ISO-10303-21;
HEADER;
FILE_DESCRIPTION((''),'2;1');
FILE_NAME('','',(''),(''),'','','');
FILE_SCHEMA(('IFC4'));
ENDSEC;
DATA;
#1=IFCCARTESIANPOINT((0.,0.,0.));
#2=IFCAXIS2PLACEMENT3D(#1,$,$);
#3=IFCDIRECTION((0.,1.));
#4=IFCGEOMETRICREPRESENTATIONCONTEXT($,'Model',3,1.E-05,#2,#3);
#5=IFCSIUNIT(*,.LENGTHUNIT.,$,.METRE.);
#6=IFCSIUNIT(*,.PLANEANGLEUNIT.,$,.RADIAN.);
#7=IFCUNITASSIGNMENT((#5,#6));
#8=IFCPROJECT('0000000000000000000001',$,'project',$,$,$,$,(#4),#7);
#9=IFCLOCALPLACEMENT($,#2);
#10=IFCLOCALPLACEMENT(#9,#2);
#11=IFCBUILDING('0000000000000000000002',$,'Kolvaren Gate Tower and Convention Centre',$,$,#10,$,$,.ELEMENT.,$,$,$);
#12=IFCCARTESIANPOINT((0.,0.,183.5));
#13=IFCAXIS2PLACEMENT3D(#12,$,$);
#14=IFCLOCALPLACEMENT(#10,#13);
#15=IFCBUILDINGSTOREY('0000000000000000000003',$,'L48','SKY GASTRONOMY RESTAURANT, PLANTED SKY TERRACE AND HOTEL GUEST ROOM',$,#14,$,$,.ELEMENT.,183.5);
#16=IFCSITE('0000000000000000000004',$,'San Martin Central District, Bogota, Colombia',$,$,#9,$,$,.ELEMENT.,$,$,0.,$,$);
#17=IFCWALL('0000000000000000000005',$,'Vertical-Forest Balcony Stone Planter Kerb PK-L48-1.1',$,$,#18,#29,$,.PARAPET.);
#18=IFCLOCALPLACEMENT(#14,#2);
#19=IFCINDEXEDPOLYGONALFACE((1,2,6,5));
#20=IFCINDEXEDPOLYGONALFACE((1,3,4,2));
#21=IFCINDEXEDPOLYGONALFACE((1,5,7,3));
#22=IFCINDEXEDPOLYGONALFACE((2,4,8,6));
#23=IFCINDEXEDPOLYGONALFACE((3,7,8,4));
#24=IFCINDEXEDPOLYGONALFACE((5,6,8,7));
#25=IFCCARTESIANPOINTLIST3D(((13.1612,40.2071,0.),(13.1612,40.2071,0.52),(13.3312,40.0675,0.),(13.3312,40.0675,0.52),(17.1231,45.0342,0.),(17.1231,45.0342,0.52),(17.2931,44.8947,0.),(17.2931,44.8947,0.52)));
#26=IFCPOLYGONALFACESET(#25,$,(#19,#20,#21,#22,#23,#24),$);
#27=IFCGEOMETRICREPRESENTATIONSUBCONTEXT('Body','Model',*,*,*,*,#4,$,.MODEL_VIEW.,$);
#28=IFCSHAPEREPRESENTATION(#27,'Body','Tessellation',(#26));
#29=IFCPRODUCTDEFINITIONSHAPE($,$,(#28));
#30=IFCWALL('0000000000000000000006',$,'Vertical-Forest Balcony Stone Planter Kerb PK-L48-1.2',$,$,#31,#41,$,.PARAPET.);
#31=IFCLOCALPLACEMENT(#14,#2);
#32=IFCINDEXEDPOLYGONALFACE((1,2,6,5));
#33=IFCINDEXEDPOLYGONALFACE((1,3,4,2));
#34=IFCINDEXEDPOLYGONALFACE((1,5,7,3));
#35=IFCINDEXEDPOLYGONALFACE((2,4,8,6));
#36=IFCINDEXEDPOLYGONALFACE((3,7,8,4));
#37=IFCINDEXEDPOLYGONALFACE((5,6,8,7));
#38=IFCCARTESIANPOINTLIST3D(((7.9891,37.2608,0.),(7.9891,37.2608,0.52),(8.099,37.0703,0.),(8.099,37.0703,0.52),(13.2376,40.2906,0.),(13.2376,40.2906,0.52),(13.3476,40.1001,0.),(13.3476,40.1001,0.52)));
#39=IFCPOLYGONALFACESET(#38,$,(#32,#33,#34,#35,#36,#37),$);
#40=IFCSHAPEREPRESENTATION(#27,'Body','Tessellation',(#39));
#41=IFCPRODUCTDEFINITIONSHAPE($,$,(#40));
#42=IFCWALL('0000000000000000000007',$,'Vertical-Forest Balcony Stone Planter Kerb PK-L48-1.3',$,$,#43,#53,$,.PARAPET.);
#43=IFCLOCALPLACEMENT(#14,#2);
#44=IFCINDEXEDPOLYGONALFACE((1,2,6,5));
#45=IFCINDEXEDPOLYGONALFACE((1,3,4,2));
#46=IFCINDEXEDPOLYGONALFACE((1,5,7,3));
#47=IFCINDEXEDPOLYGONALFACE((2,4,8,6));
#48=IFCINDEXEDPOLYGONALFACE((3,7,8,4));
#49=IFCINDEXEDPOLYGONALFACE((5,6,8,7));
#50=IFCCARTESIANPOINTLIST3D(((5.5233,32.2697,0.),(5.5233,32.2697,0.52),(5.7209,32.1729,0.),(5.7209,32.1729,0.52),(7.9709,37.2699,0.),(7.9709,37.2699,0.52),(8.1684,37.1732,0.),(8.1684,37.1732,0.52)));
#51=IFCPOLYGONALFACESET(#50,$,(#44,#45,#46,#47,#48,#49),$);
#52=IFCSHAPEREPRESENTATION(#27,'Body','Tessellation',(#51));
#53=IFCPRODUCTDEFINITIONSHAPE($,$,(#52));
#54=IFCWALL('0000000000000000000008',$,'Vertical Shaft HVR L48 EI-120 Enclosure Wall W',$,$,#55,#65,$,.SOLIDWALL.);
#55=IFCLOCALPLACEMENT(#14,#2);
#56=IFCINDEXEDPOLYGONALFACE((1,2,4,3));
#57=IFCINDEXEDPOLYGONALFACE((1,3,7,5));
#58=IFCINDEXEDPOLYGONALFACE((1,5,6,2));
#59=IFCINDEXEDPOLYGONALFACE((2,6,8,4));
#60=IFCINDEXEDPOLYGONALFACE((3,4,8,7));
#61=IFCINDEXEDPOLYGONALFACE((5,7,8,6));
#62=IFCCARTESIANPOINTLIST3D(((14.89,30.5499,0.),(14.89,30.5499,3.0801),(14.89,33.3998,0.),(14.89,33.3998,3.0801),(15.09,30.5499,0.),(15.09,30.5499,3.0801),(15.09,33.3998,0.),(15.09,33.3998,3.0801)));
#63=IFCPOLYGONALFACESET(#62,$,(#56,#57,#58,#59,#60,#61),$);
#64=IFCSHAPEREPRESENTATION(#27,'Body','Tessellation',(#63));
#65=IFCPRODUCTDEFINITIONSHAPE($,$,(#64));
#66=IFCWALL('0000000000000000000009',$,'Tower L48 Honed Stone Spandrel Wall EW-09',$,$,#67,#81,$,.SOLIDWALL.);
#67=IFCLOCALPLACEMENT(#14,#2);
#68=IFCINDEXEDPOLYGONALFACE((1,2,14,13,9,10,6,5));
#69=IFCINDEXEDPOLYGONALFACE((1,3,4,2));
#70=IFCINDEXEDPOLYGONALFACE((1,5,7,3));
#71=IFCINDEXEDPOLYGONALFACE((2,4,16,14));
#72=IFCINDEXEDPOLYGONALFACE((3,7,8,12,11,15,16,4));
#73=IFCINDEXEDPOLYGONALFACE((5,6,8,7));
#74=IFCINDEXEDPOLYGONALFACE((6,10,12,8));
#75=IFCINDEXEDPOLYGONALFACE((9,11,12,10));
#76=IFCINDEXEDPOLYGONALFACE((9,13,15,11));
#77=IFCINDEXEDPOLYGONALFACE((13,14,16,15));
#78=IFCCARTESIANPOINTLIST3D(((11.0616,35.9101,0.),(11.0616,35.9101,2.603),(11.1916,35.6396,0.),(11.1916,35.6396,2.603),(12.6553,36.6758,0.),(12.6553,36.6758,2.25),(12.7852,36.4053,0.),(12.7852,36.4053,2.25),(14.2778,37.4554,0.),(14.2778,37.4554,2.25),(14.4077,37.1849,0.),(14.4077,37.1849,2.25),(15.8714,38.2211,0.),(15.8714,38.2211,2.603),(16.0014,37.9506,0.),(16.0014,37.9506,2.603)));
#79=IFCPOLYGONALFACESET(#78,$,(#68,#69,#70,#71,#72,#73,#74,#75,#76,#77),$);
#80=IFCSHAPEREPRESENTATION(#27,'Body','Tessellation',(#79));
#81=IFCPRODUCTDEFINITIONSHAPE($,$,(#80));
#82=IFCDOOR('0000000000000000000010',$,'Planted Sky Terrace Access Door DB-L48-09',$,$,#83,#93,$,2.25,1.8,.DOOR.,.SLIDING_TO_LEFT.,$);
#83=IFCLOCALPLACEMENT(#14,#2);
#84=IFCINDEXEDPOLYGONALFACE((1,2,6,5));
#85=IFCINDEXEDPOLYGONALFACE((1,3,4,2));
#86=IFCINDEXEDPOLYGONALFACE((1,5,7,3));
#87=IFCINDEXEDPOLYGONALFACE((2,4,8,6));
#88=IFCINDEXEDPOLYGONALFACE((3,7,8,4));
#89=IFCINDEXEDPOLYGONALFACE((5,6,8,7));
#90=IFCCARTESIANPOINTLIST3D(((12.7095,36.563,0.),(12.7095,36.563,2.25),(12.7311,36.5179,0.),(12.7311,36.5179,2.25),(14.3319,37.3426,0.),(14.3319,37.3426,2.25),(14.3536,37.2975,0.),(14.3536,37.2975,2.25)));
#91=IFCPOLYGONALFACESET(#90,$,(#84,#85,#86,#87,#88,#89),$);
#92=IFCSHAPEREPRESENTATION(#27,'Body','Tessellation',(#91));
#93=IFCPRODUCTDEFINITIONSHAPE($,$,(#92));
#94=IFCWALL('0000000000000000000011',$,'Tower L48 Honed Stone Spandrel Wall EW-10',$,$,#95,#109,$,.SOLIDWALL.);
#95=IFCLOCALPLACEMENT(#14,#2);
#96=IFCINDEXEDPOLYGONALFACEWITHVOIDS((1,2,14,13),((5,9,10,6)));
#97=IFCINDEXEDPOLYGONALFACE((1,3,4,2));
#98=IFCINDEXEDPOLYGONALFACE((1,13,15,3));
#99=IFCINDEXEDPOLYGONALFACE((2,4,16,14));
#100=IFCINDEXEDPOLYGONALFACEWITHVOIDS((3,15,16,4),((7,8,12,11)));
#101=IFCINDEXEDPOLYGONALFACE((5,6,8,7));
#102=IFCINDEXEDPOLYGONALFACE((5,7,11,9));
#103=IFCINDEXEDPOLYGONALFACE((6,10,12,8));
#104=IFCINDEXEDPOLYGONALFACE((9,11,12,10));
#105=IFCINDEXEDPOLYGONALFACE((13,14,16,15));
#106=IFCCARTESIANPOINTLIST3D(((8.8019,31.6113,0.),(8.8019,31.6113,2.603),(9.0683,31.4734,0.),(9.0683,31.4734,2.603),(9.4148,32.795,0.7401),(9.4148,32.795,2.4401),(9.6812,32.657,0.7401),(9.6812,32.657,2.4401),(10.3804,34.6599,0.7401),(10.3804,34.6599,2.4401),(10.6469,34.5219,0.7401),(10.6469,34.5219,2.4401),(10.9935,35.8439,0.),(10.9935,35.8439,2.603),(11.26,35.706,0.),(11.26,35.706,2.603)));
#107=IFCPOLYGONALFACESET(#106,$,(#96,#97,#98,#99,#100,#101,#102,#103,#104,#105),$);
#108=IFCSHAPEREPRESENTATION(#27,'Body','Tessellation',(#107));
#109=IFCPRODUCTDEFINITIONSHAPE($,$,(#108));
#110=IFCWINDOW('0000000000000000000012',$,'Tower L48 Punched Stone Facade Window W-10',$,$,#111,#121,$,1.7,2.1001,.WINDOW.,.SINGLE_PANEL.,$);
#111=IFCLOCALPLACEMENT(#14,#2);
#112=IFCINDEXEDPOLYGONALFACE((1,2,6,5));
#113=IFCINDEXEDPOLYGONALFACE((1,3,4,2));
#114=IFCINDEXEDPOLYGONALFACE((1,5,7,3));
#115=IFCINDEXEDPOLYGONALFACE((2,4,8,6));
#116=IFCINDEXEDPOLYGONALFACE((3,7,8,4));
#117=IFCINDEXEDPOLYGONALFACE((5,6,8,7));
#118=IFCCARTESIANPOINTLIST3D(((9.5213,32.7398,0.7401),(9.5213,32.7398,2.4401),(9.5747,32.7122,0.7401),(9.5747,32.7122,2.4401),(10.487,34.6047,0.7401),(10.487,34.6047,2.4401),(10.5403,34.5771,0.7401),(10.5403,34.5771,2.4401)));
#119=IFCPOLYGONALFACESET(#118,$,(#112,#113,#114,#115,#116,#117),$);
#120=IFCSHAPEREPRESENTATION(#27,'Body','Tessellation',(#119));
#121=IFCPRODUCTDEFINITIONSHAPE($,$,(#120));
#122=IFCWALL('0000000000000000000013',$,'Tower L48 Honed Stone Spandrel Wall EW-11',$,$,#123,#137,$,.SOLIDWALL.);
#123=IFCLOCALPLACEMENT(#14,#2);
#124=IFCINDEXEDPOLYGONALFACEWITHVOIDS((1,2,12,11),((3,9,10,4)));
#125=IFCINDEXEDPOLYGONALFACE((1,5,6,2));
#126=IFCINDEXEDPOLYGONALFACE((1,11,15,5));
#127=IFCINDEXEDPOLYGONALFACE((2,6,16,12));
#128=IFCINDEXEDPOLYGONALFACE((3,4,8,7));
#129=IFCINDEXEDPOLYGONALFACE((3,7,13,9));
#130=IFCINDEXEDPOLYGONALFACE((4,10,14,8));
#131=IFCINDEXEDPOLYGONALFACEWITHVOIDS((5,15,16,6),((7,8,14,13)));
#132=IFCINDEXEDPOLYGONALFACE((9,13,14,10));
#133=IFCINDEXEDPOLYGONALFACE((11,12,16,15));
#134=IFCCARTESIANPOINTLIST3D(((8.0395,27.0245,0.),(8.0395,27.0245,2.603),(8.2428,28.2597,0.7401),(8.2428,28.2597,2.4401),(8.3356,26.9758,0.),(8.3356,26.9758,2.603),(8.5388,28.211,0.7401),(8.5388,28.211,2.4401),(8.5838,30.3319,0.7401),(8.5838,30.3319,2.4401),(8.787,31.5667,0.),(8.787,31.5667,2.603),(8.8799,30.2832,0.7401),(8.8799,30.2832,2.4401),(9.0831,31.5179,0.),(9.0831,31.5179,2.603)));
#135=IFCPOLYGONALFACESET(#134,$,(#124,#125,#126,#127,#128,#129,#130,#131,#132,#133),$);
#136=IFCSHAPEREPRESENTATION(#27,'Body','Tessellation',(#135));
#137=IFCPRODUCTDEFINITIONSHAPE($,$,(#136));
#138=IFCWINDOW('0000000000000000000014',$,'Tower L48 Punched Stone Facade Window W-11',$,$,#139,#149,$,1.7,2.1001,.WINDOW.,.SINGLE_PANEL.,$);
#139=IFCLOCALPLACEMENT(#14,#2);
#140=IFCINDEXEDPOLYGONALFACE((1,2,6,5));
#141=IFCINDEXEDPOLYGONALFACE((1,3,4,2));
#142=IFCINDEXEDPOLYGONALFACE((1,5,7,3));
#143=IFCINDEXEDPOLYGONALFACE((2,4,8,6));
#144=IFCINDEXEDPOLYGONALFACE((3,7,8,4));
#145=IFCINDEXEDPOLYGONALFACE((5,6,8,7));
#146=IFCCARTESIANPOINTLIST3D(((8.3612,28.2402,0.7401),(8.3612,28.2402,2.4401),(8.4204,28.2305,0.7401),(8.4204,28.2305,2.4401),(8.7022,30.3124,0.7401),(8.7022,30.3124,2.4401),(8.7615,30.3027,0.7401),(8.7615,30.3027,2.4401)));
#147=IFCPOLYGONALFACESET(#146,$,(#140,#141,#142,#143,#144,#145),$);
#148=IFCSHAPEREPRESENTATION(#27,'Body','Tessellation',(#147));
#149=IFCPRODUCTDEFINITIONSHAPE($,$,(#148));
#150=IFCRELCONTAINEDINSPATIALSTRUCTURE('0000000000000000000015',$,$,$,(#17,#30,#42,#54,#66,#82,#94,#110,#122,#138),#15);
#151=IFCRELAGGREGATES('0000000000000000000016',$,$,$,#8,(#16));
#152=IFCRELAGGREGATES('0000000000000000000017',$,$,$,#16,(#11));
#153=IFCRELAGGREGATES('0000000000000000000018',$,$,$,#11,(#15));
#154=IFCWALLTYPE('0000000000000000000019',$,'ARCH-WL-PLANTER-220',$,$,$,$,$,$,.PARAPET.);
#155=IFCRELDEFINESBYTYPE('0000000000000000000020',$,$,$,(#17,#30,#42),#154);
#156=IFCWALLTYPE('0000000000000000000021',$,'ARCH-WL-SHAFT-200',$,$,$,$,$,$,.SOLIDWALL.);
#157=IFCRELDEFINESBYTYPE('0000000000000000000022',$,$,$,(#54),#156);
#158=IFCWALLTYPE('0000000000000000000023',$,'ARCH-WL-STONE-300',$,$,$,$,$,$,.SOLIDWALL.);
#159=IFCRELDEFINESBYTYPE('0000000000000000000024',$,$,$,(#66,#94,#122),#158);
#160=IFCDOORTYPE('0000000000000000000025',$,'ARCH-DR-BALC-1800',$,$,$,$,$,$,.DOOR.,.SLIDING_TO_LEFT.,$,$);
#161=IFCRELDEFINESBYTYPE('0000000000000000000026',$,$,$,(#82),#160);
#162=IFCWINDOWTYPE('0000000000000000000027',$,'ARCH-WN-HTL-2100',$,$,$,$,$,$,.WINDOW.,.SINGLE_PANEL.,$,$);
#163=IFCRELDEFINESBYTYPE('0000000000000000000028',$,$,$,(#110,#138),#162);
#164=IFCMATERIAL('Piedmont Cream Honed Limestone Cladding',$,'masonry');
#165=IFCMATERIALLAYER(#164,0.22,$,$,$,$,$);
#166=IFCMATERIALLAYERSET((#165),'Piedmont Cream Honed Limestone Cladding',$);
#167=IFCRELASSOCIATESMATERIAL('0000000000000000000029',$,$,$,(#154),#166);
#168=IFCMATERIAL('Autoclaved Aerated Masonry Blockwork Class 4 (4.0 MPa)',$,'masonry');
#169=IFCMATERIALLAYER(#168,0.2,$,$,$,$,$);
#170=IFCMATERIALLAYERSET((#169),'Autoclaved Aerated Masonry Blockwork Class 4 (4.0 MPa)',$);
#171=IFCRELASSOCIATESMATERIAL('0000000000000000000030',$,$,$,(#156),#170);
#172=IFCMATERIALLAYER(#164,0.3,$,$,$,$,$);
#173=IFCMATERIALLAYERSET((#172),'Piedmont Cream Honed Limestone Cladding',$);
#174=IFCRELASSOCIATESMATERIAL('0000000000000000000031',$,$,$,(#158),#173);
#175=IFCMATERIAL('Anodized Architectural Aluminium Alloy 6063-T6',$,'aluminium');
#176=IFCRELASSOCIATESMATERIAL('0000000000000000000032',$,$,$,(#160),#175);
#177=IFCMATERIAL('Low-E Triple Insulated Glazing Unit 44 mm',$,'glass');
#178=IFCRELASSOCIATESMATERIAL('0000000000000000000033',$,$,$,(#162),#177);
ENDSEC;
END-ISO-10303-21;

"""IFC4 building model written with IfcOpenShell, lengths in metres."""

from ifc_helpers import new_model, si_unit, direction, frame, frame_2d, origin, place, context, subcontext, project, spatial, rectangle, extrude, material, layer, layer_set, type_object, element, fill, save


model = new_model("IFC4")

# Units and contexts
model_context = context("Model", 3, precision=1e-05, world=origin(), true_north=direction((0.0, 1.0)))
body_context = subcontext(model_context, "Body", "Model", "MODEL_VIEW")
ifc_project = project(units=[si_unit("LENGTHUNIT", "METRE"), si_unit("PLANEANGLEUNIT", "RADIAN")], contexts=[model_context])

# Site, building, storey
site_placement = place(None, origin())
site = spatial("IfcSite", under=ifc_project, at=site_placement, Name="San Martin Central District, Bogota, Colombia", CompositionType="ELEMENT", RefElevation=0.0)
building_placement = place(site_placement, origin())
building = spatial("IfcBuilding", under=site, at=building_placement, Name="Kolvaren Gate Tower and Convention Centre", CompositionType="ELEMENT")
storey_placement = place(building_placement, frame((0.0, 0.0, 183.5)))
storey = spatial("IfcBuildingStorey", under=building, at=storey_placement, Name="L48", Description="SKY GASTRONOMY RESTAURANT, PLANTED SKY TERRACE AND HOTEL GUEST ROOM", CompositionType="ELEMENT", Elevation=183.5)

# Shared definitions
ifc_material_1 = material(Name="Autoclaved Aerated Masonry Blockwork Class 4 (4.0 MPa)", Category="masonry")

# Walls
ifc_material_2 = material(Name="Piedmont Cream Honed Limestone Cladding", Category="masonry")
ifc_layer_1 = layer(ifc_material_2, 0.22)
ifc_layer_set_1 = layer_set([ifc_layer_1], Name="Piedmont Cream Honed Limestone Cladding")
wall_type_1 = type_object("IfcWallType", Name="ARCH-WL-PLANTER-220", PredefinedType="PARAPET", material=ifc_layer_set_1)
wall_1_placement = place(storey_placement, frame((13.2461, 40.1372, 0.0), z_axis=(0.0, 0.0, 1.0), x_axis=(0.634429, 0.772981, 0.0)))
element("IfcWall", 1, at=wall_1_placement, inside=storey, type_object=wall_type_1, Name="Vertical-Forest Balcony Stone Planter Kerb PK-L48-1.1", PredefinedType="PARAPET", context=body_context, shape_type="SweptSolid", body=[
    extrude(rectangle(XDim=6.2449, YDim=0.22, at=frame_2d((3.1226, 0.0))), origin(), (0.0, 0.0, 1.0), 0.52),
])
wall_2_placement = place(storey_placement, frame((8.0439, 37.1655, 0.0), z_axis=(0.0, 0.0, 1.0), x_axis=(0.866058, 0.499943, 0.0)))
element("IfcWall", 2, at=wall_2_placement, inside=storey, type_object=wall_type_1, Name="Vertical-Forest Balcony Stone Planter Kerb PK-L48-1.2", PredefinedType="PARAPET", context=body_context, shape_type="SweptSolid", body=[
    extrude(rectangle(XDim=6.0603, YDim=0.22, at=frame_2d((3.0303, 0.0))), origin(), (0.0, 0.0, 1.0), 0.52),
])
wall_3_placement = place(storey_placement, frame((5.6221, 32.2212, 0.0), z_axis=(0.0, 0.0, 1.0), x_axis=(0.439637, 0.898175, 0.0)))
element("IfcWall", 3, at=wall_3_placement, inside=storey, type_object=wall_type_1, Name="Vertical-Forest Balcony Stone Planter Kerb PK-L48-1.3", PredefinedType="PARAPET", context=body_context, shape_type="SweptSolid", body=[
    extrude(rectangle(XDim=5.5671, YDim=0.22, at=frame_2d((2.7837, 0.0))), origin(), (0.0, 0.0, 1.0), 0.52),
])
ifc_layer_2 = layer(ifc_material_1, 0.2)
ifc_layer_set_2 = layer_set([ifc_layer_2], Name="Autoclaved Aerated Masonry Blockwork Class 4 (4.0 MPa)")
wall_type_2 = type_object("IfcWallType", Name="ARCH-WL-SHAFT-200", PredefinedType="SOLIDWALL", material=ifc_layer_set_2)
wall_4_placement = place(storey_placement, frame((14.99, 30.55, 0.0), z_axis=(0.0, 0.0, 1.0), x_axis=(0.0, 1.0, 0.0)))
element("IfcWall", 4, at=wall_4_placement, inside=storey, type_object=wall_type_2, Name="Vertical Shaft HVR L48 EI-120 Enclosure Wall W", PredefinedType="SOLIDWALL", context=body_context, shape_type="SweptSolid", body=[
    extrude(rectangle(XDim=2.8499, YDim=0.2, at=frame_2d((1.4248, 0.0))), origin(), (0.0, 0.0, 1.0), 3.0801),
])

# Wall, opening, door
ifc_layer_3 = layer(ifc_material_2, 0.3)
ifc_layer_set_3 = layer_set([ifc_layer_3], Name="Piedmont Cream Honed Limestone Cladding")
wall_type_3 = type_object("IfcWallType", Name="ARCH-WL-STONE-300", PredefinedType="SOLIDWALL", material=ifc_layer_set_3)
wall_5_placement = place(storey_placement, frame((11.1267, 35.7749, 0.0), z_axis=(0.0, 0.0, 1.0), x_axis=(0.901353, 0.433085, 0.0)))
wall_5 = element("IfcWall", 5, at=wall_5_placement, inside=storey, type_object=wall_type_3, Name="Tower L48 Honed Stone Spandrel Wall EW-09", PredefinedType="SOLIDWALL", context=body_context, shape_type="SweptSolid", body=[
    extrude(rectangle(XDim=5.3362, YDim=0.3, at=frame_2d((2.668, 0.0))), origin(), (0.0, 0.0, 1.0), 2.603),
])
opening_1_placement = place(wall_5_placement, frame((1.7681, 0.0, 0.0)))
opening_1 = element("IfcOpeningElement", 6, at=opening_1_placement, cuts=wall_5, PredefinedType="OPENING", context=body_context, shape_type="SweptSolid", body=[
    extrude(rectangle(XDim=1.8, YDim=2.25, at=frame_2d((0.8999, 1.125))), frame((0.0, 0.1599, 0.0), z_axis=(0.0, -1.0, 0.0), x_axis=(1.0, 0.0, 0.0)), (0.0, 0.0, 1.0), 0.3201),
])
ifc_material_3 = material(Name="Anodized Architectural Aluminium Alloy 6063-T6", Category="aluminium")
door_type_1 = type_object("IfcDoorType", Name="ARCH-DR-BALC-1800", OperationType="SLIDING_TO_LEFT", PredefinedType="DOOR", material=ifc_material_3)
door_1_placement = place(opening_1_placement, origin())
door_1 = element("IfcDoor", 7, at=door_1_placement, inside=storey, type_object=door_type_1, Name="Planted Sky Terrace Access Door DB-L48-09", OperationType="SLIDING_TO_LEFT", OverallHeight=2.25, OverallWidth=1.8, PredefinedType="DOOR", context=body_context, shape_type="SweptSolid", body=[
    extrude(rectangle(XDim=1.8, YDim=2.25, at=frame_2d((0.8999, 1.125))), frame((0.0, 0.0249, 0.0), z_axis=(0.0, -1.0, 0.0), x_axis=(1.0, 0.0, 0.0)), (0.0, 0.0, 1.0), 0.05),
])
fill(opening_1, door_1)

# Walls, openings, windows
wall_6_placement = place(storey_placement, frame((8.9351, 31.5422, 0.0), z_axis=(0.0, 0.0, 1.0), x_axis=(0.45981, 0.888017, 0.0)))
wall_6 = element("IfcWall", 8, at=wall_6_placement, inside=storey, type_object=wall_type_3, Name="Tower L48 Honed Stone Spandrel Wall EW-10", PredefinedType="SOLIDWALL", context=body_context, shape_type="SweptSolid", body=[
    extrude(rectangle(XDim=4.7664, YDim=0.3, at=frame_2d((2.3833, 0.0))), origin(), (0.0, 0.0, 1.0), 2.603),
])
opening_2_placement = place(wall_6_placement, frame((1.333, 0.0, 0.74)))
opening_2 = element("IfcOpeningElement", 9, at=opening_2_placement, cuts=wall_6, PredefinedType="OPENING", context=body_context, shape_type="SweptSolid", body=[
    extrude(rectangle(XDim=2.1001, YDim=1.7, at=frame_2d((1.05, 0.8501))), frame((0.0, 0.1599, 0.0), z_axis=(0.0, -1.0, 0.0), x_axis=(1.0, 0.0, 0.0)), (0.0, 0.0, 1.0), 0.3201),
])
ifc_material_4 = material(Name="Low-E Triple Insulated Glazing Unit 44 mm", Category="glass")
window_type = type_object("IfcWindowType", Name="ARCH-WN-HTL-2100", PartitioningType="SINGLE_PANEL", PredefinedType="WINDOW", material=ifc_material_4)
window_1_placement = place(opening_2_placement, origin())
window_1 = element("IfcWindow", 10, at=window_1_placement, inside=storey, type_object=window_type, Name="Tower L48 Punched Stone Facade Window W-10", OverallHeight=1.7, OverallWidth=2.1001, PartitioningType="SINGLE_PANEL", PredefinedType="WINDOW", context=body_context, shape_type="SweptSolid", body=[
    extrude(rectangle(XDim=2.1001, YDim=1.7, at=frame_2d((1.05, 0.8501))), frame((0.0, 0.03, 0.0), z_axis=(0.0, -1.0, 0.0), x_axis=(1.0, 0.0, 0.0)), (0.0, 0.0, 1.0), 0.0601),
])
fill(opening_2, window_1)
wall_7_placement = place(storey_placement, frame((8.1875, 27.0, 0.0), z_axis=(0.0, 0.0, 1.0), x_axis=(0.162395, 0.986726, 0.0)))
wall_7 = element("IfcWall", 11, at=wall_7_placement, inside=storey, type_object=wall_type_3, Name="Tower L48 Honed Stone Spandrel Wall EW-11", PredefinedType="SOLIDWALL", context=body_context, shape_type="SweptSolid", body=[
    extrude(rectangle(XDim=4.6033, YDim=0.3, at=frame_2d((2.3018, 0.0))), origin(), (0.0, 0.0, 1.0), 2.603),
])
opening_3_placement = place(wall_7_placement, frame((1.252, 0.0, 0.74)))
opening_3 = element("IfcOpeningElement", 12, at=opening_3_placement, cuts=wall_7, PredefinedType="OPENING", context=body_context, shape_type="SweptSolid", body=[
    extrude(rectangle(XDim=2.1001, YDim=1.7, at=frame_2d((1.05, 0.8501))), frame((0.0, 0.1599, 0.0), z_axis=(0.0, -1.0, 0.0), x_axis=(1.0, 0.0, 0.0)), (0.0, 0.0, 1.0), 0.3201),
])
window_2_placement = place(opening_3_placement, origin())
window_2 = element("IfcWindow", 13, at=window_2_placement, inside=storey, type_object=window_type, Name="Tower L48 Punched Stone Facade Window W-11", OverallHeight=1.7, OverallWidth=2.1001, PartitioningType="SINGLE_PANEL", PredefinedType="WINDOW", context=body_context, shape_type="SweptSolid", body=[
    extrude(rectangle(XDim=2.1001, YDim=1.7, at=frame_2d((1.05, 0.8501))), frame((0.0, 0.03, 0.0), z_axis=(0.0, -1.0, 0.0), x_axis=(1.0, 0.0, 0.0)), (0.0, 0.0, 1.0), 0.0601),
])
fill(opening_3, window_2)

save(model, "model.ifc")
